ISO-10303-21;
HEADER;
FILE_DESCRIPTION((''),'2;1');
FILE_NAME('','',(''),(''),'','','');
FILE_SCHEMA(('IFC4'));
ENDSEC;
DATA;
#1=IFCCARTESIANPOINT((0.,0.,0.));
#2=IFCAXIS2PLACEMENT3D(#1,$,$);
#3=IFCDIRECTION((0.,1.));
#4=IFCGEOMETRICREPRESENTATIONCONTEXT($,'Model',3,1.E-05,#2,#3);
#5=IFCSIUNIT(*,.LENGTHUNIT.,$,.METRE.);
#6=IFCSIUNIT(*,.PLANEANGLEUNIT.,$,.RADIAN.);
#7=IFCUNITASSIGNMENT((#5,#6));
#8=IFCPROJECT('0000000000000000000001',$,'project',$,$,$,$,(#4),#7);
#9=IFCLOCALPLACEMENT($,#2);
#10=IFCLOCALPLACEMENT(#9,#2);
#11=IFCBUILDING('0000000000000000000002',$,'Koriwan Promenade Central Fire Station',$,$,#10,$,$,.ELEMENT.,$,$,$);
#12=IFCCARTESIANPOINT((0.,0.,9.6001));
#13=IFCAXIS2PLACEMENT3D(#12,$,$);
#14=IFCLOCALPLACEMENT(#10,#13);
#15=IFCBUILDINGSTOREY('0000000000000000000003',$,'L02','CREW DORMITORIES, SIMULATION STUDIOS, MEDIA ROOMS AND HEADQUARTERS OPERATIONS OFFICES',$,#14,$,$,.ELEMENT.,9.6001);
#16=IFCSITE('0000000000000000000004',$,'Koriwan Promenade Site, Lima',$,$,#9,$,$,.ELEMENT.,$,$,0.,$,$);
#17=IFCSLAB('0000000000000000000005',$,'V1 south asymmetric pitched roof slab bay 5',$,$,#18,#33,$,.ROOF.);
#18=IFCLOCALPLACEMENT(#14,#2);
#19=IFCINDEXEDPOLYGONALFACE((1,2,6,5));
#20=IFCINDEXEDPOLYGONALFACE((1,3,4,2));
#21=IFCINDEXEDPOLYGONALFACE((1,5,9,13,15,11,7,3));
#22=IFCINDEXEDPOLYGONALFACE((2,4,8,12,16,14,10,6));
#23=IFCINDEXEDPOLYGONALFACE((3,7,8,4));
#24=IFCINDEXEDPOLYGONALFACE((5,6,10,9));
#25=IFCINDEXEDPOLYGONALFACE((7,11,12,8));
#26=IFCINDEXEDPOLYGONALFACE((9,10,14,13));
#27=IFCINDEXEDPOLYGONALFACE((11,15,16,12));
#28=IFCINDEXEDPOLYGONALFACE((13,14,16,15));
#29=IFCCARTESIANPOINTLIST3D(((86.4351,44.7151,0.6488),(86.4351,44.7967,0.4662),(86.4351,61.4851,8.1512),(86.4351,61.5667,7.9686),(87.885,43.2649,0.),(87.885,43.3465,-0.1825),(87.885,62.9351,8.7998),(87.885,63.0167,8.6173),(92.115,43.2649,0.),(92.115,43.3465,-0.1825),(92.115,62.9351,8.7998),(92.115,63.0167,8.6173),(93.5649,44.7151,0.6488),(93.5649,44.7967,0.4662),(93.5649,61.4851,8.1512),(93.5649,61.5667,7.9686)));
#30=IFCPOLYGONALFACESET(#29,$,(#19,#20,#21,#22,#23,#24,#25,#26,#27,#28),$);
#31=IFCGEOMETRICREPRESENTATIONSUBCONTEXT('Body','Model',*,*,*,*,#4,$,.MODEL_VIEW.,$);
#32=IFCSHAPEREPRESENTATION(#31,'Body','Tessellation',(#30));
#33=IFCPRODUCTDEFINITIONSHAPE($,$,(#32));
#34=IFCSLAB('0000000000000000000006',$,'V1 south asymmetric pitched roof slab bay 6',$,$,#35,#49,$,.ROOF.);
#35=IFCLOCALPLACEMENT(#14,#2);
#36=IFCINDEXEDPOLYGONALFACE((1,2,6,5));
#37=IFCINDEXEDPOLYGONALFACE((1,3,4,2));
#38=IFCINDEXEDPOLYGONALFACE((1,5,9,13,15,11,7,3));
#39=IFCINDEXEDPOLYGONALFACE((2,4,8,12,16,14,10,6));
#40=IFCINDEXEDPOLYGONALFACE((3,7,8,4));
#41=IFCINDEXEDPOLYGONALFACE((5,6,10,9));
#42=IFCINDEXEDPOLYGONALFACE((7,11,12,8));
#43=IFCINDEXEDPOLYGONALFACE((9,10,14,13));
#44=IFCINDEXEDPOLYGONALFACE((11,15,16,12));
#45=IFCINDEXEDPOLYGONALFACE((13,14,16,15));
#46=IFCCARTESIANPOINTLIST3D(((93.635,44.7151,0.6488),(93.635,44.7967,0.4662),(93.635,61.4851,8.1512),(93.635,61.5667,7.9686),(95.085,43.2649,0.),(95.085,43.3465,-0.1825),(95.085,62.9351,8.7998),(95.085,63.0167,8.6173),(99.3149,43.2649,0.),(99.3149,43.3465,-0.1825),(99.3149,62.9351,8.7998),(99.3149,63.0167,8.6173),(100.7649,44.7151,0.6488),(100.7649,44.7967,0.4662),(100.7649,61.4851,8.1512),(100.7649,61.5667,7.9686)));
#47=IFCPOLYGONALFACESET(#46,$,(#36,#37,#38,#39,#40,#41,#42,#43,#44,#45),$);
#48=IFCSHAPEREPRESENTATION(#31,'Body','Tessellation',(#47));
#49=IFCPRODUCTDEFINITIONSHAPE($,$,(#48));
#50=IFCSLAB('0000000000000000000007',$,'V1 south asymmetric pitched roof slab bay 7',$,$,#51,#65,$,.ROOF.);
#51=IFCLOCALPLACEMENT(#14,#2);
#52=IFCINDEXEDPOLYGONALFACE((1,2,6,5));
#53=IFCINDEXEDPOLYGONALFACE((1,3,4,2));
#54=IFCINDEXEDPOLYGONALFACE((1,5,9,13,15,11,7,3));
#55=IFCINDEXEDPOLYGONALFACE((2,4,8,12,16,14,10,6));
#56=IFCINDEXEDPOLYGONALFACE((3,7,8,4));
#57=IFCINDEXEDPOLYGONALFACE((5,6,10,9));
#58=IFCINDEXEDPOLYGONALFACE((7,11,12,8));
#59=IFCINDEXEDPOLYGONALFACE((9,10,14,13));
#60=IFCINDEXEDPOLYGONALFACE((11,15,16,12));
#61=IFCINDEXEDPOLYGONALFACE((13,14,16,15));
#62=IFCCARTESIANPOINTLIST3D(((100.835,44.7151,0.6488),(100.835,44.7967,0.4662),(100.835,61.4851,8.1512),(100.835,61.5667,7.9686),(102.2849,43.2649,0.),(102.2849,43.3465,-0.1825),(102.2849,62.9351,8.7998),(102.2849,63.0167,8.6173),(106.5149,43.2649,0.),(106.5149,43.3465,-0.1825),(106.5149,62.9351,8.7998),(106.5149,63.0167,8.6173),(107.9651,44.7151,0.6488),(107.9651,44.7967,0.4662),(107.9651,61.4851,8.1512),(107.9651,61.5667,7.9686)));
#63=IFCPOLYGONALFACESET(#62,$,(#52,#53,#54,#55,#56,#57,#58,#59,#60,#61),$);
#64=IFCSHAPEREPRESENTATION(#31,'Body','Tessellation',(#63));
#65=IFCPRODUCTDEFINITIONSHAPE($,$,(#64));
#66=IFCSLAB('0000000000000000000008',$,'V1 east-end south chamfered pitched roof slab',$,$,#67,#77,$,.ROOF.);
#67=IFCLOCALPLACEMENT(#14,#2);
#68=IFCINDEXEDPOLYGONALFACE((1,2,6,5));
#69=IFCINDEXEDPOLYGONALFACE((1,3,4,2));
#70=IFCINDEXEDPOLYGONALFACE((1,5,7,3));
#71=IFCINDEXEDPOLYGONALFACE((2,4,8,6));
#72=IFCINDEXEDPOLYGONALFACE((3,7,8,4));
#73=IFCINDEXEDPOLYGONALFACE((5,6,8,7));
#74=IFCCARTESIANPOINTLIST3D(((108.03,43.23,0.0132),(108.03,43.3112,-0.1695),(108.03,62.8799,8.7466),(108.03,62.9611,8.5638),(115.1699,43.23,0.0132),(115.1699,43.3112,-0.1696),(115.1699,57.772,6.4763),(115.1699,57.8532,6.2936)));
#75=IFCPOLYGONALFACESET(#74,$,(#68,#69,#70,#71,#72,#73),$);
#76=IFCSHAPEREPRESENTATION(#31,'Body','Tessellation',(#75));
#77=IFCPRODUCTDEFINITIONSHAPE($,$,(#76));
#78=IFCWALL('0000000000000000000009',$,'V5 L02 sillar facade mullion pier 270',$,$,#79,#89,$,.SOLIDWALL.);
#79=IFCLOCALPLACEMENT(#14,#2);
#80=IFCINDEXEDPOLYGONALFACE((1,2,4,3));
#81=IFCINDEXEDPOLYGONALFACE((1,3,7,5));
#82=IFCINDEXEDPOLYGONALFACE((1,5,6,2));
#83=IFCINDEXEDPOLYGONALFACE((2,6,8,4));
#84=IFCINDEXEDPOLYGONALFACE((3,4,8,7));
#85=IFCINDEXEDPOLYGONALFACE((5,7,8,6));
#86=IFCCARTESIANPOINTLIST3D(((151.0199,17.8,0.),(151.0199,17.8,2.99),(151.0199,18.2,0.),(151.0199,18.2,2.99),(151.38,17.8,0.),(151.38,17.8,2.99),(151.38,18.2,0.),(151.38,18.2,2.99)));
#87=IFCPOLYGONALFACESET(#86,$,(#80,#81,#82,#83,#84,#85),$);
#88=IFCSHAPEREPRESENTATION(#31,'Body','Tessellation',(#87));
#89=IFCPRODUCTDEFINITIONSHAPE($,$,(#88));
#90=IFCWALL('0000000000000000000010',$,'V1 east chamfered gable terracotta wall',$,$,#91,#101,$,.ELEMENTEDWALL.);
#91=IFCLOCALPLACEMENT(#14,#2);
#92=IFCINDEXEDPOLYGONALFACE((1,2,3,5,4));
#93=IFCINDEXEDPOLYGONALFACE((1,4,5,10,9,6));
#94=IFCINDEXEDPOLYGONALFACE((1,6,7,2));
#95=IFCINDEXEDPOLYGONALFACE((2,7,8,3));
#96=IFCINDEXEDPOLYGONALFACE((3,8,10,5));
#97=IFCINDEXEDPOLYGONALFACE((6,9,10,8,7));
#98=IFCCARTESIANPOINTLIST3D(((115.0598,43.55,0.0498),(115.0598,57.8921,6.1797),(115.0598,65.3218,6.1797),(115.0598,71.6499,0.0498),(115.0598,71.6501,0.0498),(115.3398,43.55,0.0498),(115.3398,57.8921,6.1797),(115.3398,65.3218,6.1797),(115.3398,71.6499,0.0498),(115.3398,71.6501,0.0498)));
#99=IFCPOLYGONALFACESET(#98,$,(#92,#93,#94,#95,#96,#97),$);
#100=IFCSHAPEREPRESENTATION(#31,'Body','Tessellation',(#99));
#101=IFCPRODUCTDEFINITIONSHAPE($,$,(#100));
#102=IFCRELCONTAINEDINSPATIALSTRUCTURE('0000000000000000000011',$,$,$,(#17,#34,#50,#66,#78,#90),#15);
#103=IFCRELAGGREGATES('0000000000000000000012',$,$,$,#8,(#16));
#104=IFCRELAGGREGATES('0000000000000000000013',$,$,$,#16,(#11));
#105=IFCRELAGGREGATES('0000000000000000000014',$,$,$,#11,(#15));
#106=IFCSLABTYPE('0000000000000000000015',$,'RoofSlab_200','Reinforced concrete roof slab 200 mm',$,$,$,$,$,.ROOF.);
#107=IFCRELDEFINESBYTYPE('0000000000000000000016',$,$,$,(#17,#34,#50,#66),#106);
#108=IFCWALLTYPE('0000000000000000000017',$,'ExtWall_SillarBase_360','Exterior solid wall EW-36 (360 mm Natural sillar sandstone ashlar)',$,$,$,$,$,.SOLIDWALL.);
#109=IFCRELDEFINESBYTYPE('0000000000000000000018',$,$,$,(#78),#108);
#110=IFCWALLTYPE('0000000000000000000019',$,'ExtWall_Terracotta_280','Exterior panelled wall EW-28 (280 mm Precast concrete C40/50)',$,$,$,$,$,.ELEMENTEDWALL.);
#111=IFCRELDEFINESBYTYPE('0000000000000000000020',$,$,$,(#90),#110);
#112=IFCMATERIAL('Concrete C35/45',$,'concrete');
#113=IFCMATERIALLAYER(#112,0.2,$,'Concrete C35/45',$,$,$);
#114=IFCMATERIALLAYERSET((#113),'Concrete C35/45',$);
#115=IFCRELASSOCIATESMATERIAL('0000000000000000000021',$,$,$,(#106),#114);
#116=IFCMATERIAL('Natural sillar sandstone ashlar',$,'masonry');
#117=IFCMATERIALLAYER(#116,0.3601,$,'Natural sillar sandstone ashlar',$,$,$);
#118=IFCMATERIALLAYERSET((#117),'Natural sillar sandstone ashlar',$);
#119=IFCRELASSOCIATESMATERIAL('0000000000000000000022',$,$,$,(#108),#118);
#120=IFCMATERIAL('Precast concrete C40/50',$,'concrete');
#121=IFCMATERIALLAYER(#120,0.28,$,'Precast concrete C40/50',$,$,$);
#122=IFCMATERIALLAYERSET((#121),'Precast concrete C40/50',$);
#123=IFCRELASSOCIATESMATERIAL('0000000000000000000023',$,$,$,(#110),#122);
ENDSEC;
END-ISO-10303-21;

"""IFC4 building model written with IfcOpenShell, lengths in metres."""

from ifc_helpers import new_model, si_unit, direction, frame, frame_2d, origin, place, context, subcontext, project, spatial, polyline, rectangle, outline, extrude, material, layer, layer_set, type_object, element, save


model = new_model("IFC4")

# Units and contexts
model_context = context("Model", 3, precision=1e-05, world=origin(), true_north=direction((0.0, 1.0)))
body_context = subcontext(model_context, "Body", "Model", "MODEL_VIEW")
ifc_project = project(units=[si_unit("LENGTHUNIT", "METRE"), si_unit("PLANEANGLEUNIT", "RADIAN")], contexts=[model_context])

# Site, building, storey
site_placement = place(None, origin())
site = spatial("IfcSite", under=ifc_project, at=site_placement, Name="Koriwan Promenade Site, Lima", CompositionType="ELEMENT", RefElevation=0.0)
building_placement = place(site_placement, origin())
building = spatial("IfcBuilding", under=site, at=building_placement, Name="Koriwan Promenade Central Fire Station", CompositionType="ELEMENT")
storey_placement = place(building_placement, frame((0.0, 0.0, 9.6001)))
storey = spatial("IfcBuildingStorey", under=building, at=storey_placement, Name="L02", Description="CREW DORMITORIES, SIMULATION STUDIOS, MEDIA ROOMS AND HEADQUARTERS OPERATIONS OFFICES", CompositionType="ELEMENT", Elevation=9.6001)

# Slabs
ifc_material_1 = material(Name="Concrete C35/45", Category="concrete")
ifc_layer_1 = layer(ifc_material_1, 0.2, Name="Concrete C35/45")
ifc_layer_set_1 = layer_set([ifc_layer_1], Name="Concrete C35/45")
slab_type = type_object("IfcSlabType", Name="RoofSlab_200", Description="Reinforced concrete roof slab 200 mm", PredefinedType="ROOF", material=ifc_layer_set_1)
for number, where, z_axis, x_axis, name in (
    (1, (87.885, 43.2649, 0.0), (0.0, -0.408366, 0.912818), (1.0, 0.0, 0.0), "V1 south asymmetric pitched roof slab bay 5"),
    (2, (95.085, 43.2649, 0.0), (0.0, -0.408366, 0.912818), (1.0, 0.0, 0.0), "V1 south asymmetric pitched roof slab bay 6"),
):
    element("IfcSlab", number, at=place(storey_placement, frame(where, z_axis=z_axis, x_axis=x_axis)), inside=storey, type_object=slab_type, Name=name, PredefinedType="ROOF", context=body_context, shape_type="SweptSolid", body=[
        extrude(outline(polyline([(0.0, 0.0), (4.23, 0.0), (5.6799, 1.5887), (5.6799, 19.9604), (4.23, 21.5488), (0.0, 21.5488), (-1.45, 19.9604), (-1.45, 1.5887), (0.0, 0.0)])), origin(), (0.0, 0.0, -1.0), 0.2),
    ])
slab_1_placement = place(storey_placement, frame((102.2849, 43.2649, 0.0), z_axis=(0.0, -0.408366, 0.912818), x_axis=(1.0, 0.0, 0.0)))
element("IfcSlab", 3, at=slab_1_placement, inside=storey, type_object=slab_type, Name="V1 south asymmetric pitched roof slab bay 7", PredefinedType="ROOF", context=body_context, shape_type="SweptSolid", body=[
    extrude(outline(polyline([(0.0, 0.0), (4.23, 0.0), (5.6802, 1.5887), (5.6802, 19.9604), (4.23, 21.5488), (0.0, 21.5488), (-1.45, 19.9604), (-1.45, 1.5887), (0.0, 0.0)])), origin(), (0.0, 0.0, -1.0), 0.2),
])
slab_2_placement = place(storey_placement, frame((108.03, 43.23, 0.0132), z_axis=(0.000004, -0.406141, 0.91381), x_axis=(1.0, 0.000002, -0.000004)))
element("IfcSlab", 4, at=slab_2_placement, inside=storey, type_object=slab_type, Name="V1 east-end south chamfered pitched roof slab", PredefinedType="ROOF", context=body_context, shape_type="SweptSolid", body=[
    extrude(outline(polyline([(0.0, 0.0), (7.1399, 0.0), (7.1399, 15.9136), (0.0, 21.5033), (0.0, 0.0)])), origin(), (0.0, 0.0, -1.0), 0.2),
])

# Walls
ifc_material_2 = material(Name="Natural sillar sandstone ashlar", Category="masonry")
ifc_layer_2 = layer(ifc_material_2, 0.3601, Name="Natural sillar sandstone ashlar")
ifc_layer_set_2 = layer_set([ifc_layer_2], Name="Natural sillar sandstone ashlar")
wall_type_1 = type_object("IfcWallType", Name="ExtWall_SillarBase_360", Description="Exterior solid wall EW-36 (360 mm Natural sillar sandstone ashlar)", PredefinedType="SOLIDWALL", material=ifc_layer_set_2)
wall_1_placement = place(storey_placement, frame((151.2, 17.8, 0.0), z_axis=(0.0, 0.0, 1.0), x_axis=(0.0, 1.0, 0.0)))
element("IfcWall", 5, at=wall_1_placement, inside=storey, type_object=wall_type_1, Name="V5 L02 sillar facade mullion pier 270", PredefinedType="SOLIDWALL", context=body_context, shape_type="SweptSolid", body=[
    extrude(rectangle(XDim=0.3999, YDim=0.3601, at=frame_2d((0.2, 0.0))), origin(), (0.0, 0.0, 1.0), 2.99),
])
ifc_material_3 = material(Name="Precast concrete C40/50", Category="concrete")
ifc_layer_3 = layer(ifc_material_3, 0.28, Name="Precast concrete C40/50")
ifc_layer_set_3 = layer_set([ifc_layer_3], Name="Precast concrete C40/50")
wall_type_2 = type_object("IfcWallType", Name="ExtWall_Terracotta_280", Description="Exterior panelled wall EW-28 (280 mm Precast concrete C40/50)", PredefinedType="ELEMENTEDWALL", material=ifc_layer_set_3)
wall_2_placement = place(storey_placement, frame((115.2, 43.55, 0.0498), z_axis=(0.0, 0.0, 1.0), x_axis=(0.0, 1.0, 0.0)))
element("IfcWall", 6, at=wall_2_placement, inside=storey, type_object=wall_type_2, Name="V1 east chamfered gable terracotta wall", PredefinedType="ELEMENTEDWALL", context=body_context, shape_type="SweptSolid", body=[
    extrude(outline(polyline([(0.0, 0.0), (28.0999, 0.0), (28.1001, 0.0), (21.7717, 6.1299), (14.342, 6.1299), (0.0, 0.0), (0.0, 0.0)])), frame((0.0, 0.1401, 0.0), z_axis=(0.0, -1.0, 0.0), x_axis=(1.0, 0.0, 0.0)), (0.0, 0.0, 1.0), 0.28),
])

save(model, "model.ifc")
